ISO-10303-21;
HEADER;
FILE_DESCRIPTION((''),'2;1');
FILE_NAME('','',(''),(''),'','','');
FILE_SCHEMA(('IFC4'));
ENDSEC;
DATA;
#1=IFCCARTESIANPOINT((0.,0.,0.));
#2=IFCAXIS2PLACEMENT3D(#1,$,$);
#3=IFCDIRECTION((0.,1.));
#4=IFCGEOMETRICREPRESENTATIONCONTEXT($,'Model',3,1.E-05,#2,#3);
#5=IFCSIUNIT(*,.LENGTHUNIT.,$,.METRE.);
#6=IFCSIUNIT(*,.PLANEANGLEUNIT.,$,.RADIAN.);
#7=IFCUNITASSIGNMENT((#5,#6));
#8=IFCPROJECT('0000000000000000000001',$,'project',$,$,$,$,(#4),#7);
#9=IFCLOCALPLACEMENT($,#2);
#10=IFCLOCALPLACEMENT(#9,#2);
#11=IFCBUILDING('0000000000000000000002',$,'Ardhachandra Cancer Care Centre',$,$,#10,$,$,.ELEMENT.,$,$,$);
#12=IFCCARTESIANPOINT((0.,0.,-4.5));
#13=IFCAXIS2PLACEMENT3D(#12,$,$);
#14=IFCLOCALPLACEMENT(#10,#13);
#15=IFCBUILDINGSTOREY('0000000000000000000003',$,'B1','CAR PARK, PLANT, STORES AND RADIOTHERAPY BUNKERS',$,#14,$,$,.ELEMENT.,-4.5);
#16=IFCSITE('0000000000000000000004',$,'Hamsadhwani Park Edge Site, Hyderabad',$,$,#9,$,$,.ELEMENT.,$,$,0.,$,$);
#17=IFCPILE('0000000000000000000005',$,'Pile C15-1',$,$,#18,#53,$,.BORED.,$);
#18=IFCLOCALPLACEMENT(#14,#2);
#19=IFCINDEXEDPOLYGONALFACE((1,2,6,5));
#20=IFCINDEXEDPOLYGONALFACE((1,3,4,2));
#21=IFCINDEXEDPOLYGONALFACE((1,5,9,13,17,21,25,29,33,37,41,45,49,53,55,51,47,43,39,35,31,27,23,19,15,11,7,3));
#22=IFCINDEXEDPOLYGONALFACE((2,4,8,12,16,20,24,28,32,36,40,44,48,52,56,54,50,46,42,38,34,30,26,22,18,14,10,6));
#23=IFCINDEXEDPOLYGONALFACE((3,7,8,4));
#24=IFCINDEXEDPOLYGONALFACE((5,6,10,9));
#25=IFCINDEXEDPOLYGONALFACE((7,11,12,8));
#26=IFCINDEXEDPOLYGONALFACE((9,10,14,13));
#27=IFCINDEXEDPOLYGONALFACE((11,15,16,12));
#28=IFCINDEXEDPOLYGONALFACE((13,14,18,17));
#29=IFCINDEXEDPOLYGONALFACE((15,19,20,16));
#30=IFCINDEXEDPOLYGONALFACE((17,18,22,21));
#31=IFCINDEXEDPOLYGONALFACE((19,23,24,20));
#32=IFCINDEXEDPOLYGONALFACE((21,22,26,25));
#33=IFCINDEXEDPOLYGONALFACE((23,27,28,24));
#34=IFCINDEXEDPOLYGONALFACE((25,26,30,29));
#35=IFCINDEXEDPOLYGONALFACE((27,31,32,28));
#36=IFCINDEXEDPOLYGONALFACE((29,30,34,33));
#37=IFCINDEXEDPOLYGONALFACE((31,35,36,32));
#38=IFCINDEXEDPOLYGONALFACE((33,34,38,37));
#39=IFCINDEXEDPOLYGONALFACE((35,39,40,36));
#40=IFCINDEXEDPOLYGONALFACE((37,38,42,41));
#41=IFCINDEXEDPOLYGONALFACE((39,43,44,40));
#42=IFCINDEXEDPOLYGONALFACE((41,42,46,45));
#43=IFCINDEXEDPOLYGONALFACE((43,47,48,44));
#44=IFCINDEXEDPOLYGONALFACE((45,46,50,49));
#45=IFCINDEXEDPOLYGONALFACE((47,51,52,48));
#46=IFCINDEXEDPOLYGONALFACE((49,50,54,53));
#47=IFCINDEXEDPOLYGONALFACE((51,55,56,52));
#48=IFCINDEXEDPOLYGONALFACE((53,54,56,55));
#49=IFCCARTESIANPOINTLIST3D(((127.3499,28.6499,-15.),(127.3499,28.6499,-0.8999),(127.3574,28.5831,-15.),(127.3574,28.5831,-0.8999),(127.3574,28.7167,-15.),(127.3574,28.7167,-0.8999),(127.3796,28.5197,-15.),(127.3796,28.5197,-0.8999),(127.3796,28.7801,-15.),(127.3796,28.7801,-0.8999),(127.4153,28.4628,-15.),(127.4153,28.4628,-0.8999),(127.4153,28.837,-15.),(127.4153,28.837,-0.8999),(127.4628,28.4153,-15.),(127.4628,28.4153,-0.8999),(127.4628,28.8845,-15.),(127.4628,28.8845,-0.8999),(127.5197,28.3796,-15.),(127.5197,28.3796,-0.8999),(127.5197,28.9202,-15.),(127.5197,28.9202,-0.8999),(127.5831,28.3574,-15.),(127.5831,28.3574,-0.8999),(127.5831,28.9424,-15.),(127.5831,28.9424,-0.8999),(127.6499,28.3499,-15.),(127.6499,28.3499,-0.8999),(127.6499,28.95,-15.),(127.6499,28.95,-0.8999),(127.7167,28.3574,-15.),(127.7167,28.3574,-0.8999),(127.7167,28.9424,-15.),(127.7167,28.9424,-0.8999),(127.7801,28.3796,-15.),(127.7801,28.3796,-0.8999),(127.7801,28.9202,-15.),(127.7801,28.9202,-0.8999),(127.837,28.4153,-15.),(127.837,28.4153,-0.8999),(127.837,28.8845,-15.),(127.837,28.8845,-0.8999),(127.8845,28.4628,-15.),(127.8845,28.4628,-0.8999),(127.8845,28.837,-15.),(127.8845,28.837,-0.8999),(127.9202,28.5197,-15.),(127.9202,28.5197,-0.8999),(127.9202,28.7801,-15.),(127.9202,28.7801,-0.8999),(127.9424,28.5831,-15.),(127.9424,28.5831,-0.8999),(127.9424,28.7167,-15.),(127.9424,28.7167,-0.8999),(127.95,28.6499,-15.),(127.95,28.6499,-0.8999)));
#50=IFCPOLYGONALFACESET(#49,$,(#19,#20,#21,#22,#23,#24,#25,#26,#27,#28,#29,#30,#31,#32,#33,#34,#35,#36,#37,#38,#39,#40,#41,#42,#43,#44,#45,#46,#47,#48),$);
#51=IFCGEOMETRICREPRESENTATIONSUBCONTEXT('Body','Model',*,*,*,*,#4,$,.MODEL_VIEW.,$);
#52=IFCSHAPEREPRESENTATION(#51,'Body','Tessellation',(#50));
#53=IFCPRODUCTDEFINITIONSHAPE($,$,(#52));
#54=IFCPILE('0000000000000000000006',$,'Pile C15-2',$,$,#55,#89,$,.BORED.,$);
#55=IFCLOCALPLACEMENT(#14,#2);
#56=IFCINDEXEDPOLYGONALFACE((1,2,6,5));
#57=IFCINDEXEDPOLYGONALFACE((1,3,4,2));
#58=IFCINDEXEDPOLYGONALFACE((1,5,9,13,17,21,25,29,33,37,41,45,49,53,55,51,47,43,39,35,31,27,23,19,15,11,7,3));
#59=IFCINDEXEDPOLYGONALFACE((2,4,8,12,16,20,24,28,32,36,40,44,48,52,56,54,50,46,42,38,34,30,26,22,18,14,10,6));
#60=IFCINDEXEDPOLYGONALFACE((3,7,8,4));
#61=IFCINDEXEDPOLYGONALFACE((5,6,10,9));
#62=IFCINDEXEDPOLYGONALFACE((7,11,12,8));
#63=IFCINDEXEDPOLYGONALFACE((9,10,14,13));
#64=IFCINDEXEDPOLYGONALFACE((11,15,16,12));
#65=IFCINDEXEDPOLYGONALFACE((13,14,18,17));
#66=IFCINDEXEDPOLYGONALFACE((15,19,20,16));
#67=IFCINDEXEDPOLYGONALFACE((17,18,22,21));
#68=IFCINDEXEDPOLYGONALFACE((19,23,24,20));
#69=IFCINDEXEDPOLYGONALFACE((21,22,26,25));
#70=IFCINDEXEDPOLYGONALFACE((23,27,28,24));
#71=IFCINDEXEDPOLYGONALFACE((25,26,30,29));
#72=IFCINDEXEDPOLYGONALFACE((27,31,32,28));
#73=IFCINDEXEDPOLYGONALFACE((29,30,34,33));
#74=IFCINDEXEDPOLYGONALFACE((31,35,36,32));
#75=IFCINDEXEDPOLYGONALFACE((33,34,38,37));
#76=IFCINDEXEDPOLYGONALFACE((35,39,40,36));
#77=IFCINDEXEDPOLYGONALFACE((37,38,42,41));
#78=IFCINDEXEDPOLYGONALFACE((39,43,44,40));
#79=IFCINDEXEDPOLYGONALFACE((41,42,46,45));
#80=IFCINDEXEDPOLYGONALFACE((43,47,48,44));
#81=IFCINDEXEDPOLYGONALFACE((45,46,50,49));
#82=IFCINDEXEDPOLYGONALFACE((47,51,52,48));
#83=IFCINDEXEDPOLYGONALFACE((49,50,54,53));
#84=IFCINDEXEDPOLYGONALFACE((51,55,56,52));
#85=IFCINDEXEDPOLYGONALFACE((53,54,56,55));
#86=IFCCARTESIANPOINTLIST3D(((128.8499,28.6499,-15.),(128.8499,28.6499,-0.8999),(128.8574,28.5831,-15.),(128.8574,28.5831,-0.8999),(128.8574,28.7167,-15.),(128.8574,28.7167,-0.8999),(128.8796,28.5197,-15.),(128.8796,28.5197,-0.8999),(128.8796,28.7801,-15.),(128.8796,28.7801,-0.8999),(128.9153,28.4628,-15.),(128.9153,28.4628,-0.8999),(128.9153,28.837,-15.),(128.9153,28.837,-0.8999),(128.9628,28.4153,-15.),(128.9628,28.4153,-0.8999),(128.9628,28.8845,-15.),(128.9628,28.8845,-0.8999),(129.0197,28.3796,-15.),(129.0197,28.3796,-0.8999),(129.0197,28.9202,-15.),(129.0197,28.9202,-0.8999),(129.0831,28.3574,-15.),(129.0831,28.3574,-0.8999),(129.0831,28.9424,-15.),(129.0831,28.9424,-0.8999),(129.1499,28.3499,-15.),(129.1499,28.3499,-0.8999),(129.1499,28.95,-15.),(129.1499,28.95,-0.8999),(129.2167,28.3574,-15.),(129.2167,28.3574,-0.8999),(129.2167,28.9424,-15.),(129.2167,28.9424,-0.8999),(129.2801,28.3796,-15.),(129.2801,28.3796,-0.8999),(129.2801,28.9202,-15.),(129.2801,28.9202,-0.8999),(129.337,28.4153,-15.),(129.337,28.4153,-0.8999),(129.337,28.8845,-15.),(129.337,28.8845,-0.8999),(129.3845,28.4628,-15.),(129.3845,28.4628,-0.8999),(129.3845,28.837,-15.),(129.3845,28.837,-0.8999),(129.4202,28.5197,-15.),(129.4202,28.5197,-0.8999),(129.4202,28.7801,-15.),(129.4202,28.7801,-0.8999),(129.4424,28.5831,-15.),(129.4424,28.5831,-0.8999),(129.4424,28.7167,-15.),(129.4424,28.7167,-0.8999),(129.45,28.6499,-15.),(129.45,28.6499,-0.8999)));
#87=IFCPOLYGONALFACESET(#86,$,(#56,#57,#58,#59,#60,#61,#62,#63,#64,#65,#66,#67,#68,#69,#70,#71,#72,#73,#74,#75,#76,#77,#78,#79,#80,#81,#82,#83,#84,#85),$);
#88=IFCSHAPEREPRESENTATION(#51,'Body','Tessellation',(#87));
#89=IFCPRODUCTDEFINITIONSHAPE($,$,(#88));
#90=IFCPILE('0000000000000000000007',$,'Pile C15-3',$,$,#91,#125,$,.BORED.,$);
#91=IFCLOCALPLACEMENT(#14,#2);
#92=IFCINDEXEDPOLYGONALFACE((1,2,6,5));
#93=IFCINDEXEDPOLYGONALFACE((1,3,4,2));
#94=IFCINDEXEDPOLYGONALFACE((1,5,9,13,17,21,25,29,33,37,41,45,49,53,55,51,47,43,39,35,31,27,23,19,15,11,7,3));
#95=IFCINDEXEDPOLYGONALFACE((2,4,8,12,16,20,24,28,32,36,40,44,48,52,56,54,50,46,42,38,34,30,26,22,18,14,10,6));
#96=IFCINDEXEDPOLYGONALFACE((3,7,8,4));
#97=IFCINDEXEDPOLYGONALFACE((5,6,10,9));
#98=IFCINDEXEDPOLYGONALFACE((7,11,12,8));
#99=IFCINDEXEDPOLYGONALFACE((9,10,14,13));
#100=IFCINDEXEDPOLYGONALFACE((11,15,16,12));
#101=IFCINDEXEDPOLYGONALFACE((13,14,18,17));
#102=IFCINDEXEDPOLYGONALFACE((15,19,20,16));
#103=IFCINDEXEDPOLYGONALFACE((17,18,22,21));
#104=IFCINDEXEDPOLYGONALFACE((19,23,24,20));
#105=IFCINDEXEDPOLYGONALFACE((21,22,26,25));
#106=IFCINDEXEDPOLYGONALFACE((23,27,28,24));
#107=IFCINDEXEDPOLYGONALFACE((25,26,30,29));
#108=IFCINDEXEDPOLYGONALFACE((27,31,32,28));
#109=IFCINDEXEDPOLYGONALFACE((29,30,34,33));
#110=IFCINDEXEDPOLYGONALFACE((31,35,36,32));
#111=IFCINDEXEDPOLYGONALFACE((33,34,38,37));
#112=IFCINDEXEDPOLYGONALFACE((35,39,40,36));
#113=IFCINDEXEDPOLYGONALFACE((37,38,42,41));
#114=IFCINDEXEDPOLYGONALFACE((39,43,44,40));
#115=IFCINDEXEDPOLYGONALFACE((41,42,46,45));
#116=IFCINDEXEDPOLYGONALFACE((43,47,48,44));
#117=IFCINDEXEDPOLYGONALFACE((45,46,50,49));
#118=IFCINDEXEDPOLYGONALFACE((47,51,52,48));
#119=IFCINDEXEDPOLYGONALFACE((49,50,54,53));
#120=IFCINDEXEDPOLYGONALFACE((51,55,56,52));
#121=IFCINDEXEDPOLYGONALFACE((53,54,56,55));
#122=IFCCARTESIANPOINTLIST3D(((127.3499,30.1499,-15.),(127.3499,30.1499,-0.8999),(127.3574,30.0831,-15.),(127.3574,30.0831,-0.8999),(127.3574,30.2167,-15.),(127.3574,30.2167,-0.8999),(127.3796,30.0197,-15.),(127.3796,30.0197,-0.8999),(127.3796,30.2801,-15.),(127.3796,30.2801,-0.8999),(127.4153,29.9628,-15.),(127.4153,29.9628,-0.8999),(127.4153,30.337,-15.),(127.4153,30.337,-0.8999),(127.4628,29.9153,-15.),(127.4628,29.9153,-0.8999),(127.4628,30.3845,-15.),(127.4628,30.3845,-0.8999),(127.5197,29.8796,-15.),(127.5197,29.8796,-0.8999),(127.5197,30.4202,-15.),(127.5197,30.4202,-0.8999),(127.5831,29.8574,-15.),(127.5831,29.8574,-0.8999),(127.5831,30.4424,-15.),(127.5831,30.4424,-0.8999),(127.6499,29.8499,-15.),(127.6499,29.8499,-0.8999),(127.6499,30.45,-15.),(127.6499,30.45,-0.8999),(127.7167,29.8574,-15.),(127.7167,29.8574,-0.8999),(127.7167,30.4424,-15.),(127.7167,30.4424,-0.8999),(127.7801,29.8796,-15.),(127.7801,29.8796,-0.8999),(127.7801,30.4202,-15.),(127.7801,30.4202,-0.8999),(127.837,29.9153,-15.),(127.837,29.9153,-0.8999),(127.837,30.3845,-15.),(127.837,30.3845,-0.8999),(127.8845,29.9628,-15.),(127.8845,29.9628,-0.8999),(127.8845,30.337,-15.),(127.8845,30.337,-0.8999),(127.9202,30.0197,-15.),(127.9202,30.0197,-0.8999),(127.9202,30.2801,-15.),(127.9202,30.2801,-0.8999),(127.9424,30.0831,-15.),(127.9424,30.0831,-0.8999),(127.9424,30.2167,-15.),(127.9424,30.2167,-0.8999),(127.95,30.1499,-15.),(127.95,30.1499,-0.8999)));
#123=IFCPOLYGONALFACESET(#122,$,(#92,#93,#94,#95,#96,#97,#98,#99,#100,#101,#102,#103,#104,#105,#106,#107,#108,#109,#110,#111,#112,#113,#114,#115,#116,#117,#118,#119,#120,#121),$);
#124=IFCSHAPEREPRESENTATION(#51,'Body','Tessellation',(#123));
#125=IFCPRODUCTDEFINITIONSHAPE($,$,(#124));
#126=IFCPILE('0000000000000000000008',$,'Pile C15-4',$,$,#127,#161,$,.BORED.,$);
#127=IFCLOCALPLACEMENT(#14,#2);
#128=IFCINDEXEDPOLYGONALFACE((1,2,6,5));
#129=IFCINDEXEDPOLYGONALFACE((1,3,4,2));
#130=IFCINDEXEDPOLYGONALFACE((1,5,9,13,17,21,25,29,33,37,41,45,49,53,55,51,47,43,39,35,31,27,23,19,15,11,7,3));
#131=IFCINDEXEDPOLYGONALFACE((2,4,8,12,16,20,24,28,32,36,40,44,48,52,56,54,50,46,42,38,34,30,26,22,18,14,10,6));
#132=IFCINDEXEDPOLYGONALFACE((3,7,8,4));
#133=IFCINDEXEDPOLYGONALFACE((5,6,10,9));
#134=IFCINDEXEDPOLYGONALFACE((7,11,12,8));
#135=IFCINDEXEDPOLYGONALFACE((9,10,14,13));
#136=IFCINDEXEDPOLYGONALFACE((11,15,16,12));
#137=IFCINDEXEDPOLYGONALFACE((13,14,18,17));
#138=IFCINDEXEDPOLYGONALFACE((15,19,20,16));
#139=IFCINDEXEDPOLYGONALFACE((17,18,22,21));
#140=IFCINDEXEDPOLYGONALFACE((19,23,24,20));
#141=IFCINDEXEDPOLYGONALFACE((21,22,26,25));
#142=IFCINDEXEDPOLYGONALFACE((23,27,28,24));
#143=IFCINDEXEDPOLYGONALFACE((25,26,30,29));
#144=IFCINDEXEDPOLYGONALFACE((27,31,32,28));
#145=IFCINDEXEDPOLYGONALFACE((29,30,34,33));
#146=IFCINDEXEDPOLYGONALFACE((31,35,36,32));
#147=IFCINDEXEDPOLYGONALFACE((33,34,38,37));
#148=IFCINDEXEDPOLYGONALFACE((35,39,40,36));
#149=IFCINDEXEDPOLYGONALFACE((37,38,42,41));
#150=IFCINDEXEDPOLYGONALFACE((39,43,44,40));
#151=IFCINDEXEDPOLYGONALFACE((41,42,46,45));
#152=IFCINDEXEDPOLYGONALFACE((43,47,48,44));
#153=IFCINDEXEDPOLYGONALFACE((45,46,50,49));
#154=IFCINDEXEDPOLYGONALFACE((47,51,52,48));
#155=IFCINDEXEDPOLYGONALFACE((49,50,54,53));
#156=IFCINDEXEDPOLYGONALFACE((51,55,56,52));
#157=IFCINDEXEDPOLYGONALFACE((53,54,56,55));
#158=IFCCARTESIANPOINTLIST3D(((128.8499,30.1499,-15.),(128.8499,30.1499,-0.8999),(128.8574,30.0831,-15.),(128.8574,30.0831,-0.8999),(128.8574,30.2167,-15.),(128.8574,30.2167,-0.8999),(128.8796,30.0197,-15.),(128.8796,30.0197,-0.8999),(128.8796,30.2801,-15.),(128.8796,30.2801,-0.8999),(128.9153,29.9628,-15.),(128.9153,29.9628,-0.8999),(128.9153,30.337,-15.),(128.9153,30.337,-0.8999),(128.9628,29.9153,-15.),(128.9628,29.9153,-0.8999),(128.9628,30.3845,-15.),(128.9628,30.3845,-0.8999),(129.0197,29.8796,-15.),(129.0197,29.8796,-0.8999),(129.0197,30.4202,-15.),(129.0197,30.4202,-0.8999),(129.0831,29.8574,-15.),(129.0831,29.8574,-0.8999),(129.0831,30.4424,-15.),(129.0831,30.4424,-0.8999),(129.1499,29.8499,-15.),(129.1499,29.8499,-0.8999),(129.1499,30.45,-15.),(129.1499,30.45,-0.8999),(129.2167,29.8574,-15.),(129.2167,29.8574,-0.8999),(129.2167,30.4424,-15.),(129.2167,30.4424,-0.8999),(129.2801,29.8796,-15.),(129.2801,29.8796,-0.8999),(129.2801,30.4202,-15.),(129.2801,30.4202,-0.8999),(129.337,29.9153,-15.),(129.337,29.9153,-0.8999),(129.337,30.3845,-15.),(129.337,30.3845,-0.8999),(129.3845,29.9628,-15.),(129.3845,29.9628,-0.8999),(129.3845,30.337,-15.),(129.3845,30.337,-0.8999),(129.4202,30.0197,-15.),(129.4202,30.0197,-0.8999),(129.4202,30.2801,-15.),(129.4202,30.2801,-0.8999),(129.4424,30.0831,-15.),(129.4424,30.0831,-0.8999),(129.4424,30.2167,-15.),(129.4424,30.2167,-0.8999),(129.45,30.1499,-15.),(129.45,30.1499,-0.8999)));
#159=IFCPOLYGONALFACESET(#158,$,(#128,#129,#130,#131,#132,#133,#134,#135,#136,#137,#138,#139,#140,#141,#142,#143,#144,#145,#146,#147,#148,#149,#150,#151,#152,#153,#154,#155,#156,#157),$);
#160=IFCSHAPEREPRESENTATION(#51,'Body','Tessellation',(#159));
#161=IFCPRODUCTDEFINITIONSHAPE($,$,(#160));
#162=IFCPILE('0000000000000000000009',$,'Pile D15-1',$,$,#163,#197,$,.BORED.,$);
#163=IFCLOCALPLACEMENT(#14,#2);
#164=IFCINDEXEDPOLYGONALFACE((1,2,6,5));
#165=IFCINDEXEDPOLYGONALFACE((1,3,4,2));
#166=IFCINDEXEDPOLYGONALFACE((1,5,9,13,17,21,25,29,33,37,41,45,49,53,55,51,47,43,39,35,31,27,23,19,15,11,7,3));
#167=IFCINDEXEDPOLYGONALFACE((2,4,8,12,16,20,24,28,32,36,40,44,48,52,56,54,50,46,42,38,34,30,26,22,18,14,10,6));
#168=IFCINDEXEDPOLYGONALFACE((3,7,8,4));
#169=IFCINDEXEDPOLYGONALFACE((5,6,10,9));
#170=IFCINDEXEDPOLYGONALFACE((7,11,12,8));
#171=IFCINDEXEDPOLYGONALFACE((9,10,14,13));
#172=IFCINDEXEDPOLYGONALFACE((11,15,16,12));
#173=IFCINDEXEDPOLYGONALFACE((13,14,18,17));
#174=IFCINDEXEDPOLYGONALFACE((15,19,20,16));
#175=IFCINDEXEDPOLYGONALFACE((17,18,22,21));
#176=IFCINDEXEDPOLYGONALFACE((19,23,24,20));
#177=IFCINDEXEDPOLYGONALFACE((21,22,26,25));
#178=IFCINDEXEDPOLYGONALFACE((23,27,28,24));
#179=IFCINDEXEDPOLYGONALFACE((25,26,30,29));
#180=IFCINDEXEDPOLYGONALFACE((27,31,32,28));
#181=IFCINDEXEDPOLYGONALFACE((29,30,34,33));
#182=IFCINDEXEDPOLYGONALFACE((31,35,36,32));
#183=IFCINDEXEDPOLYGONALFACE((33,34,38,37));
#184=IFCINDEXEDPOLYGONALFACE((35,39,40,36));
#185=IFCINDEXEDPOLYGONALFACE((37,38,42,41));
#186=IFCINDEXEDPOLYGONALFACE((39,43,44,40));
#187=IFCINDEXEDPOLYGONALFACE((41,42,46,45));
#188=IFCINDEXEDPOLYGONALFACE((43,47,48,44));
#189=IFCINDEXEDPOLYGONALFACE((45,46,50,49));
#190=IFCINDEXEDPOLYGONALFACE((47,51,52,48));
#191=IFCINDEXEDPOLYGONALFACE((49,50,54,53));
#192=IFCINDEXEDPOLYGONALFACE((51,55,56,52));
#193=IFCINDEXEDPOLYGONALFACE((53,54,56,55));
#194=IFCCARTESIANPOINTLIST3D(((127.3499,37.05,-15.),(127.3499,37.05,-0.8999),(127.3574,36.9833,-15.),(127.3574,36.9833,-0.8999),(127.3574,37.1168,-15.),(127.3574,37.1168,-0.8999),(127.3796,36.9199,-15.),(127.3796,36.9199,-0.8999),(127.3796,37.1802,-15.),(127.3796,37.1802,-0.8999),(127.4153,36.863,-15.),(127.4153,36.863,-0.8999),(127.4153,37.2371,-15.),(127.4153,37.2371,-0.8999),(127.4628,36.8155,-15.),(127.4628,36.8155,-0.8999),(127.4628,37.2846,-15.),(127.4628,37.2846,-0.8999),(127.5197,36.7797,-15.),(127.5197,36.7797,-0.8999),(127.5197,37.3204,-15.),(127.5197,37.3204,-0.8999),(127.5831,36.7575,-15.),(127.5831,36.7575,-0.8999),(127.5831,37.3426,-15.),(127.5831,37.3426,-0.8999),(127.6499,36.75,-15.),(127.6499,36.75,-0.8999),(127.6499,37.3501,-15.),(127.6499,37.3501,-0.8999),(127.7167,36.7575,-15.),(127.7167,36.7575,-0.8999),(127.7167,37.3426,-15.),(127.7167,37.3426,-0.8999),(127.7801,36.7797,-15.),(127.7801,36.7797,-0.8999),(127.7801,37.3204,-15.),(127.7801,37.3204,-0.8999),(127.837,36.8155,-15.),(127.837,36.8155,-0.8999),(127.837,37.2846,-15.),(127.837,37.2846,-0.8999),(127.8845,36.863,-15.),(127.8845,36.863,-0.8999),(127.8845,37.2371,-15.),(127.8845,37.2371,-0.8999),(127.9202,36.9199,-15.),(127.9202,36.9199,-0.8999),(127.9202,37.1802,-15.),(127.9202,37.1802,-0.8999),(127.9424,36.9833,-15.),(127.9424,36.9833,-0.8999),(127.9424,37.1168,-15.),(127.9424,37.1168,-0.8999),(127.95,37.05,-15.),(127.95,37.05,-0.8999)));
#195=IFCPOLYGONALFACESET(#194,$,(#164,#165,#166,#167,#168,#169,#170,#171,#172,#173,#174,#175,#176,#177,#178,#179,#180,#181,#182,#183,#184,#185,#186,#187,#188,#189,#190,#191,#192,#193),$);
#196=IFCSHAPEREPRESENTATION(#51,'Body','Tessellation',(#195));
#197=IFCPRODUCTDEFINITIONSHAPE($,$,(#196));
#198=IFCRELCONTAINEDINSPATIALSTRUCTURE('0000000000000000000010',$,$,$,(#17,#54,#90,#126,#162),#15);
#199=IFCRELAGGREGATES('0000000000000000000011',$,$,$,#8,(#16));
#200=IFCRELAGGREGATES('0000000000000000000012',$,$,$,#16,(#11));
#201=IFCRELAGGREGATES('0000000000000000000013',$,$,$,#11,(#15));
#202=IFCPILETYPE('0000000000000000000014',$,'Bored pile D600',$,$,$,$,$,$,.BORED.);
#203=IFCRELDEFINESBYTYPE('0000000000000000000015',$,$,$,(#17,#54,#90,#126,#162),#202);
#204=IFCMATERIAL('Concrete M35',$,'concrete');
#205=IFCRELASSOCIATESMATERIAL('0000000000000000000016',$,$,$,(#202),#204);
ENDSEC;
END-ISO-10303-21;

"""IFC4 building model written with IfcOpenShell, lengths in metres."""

from ifc_helpers import new_model, si_unit, direction, frame, origin, origin_2d, place, context, subcontext, project, spatial, circle, extrude, material, material_profile, profile_set, type_object, element, save


model = new_model("IFC4")

# Units and contexts
model_context = context("Model", 3, precision=1e-05, world=origin(), true_north=direction((0.0, 1.0)))
body_context = subcontext(model_context, "Body", "Model", "MODEL_VIEW")
ifc_project = project(units=[si_unit("LENGTHUNIT", "METRE"), si_unit("PLANEANGLEUNIT", "RADIAN")], contexts=[model_context])

# Site, building, storey
site_placement = place(None, origin())
site = spatial("IfcSite", under=ifc_project, at=site_placement, Name="Hamsadhwani Park Edge Site, Hyderabad", CompositionType="ELEMENT", RefElevation=0.0)
building_placement = place(site_placement, origin())
building = spatial("IfcBuilding", under=site, at=building_placement, Name="Ardhachandra Cancer Care Centre", CompositionType="ELEMENT")
storey_placement = place(building_placement, frame((0.0, 0.0, -4.5)))
storey = spatial("IfcBuildingStorey", under=building, at=storey_placement, Name="B1", Description="CAR PARK, PLANT, STORES AND RADIOTHERAPY BUNKERS", CompositionType="ELEMENT", Elevation=-4.5)

# Piles
ifc_material_1 = material(Name="Concrete M35", Category="concrete")
ifc_material_profile_1 = material_profile(ifc_material_1, circle(Radius=0.3, at=origin_2d()), Name="D600")
ifc_profile_set_1 = profile_set([ifc_material_profile_1], Name="Concrete M35")
pile_type_1 = type_object("IfcPileType", Name="Bored pile D600", PredefinedType="BORED", material=ifc_profile_set_1)
for number, where, z_axis, x_axis, name in (
    (1, (127.6499, 28.6499, -0.8999), (0.0, 0.0, -1.0), (1.0, 0.0, 0.0), "Pile C15-1"),
    (2, (129.1499, 28.6499, -0.8999), (0.0, 0.0, -1.0), (1.0, 0.0, 0.0), "Pile C15-2"),
    (3, (127.6499, 30.1499, -0.8999), (0.0, 0.0, -1.0), (1.0, 0.0, 0.0), "Pile C15-3"),
    (4, (129.1499, 30.1499, -0.8999), (0.0, 0.0, -1.0), (1.0, 0.0, 0.0), "Pile C15-4"),
    (5, (127.6499, 37.05, -0.8999), (0.0, 0.0, -1.0), (1.0, 0.0, 0.0), "Pile D15-1"),
):
    element("IfcPile", number, at=place(storey_placement, frame(where, z_axis=z_axis, x_axis=x_axis)), inside=storey, type_object=pile_type_1, Name=name, PredefinedType="BORED", context=body_context, shape_type="SweptSolid", body=[
        extrude(circle(Radius=0.3, at=origin_2d()), origin(), (0.0, 0.0, 1.0), 14.1001),
    ])

save(model, "model.ifc")
